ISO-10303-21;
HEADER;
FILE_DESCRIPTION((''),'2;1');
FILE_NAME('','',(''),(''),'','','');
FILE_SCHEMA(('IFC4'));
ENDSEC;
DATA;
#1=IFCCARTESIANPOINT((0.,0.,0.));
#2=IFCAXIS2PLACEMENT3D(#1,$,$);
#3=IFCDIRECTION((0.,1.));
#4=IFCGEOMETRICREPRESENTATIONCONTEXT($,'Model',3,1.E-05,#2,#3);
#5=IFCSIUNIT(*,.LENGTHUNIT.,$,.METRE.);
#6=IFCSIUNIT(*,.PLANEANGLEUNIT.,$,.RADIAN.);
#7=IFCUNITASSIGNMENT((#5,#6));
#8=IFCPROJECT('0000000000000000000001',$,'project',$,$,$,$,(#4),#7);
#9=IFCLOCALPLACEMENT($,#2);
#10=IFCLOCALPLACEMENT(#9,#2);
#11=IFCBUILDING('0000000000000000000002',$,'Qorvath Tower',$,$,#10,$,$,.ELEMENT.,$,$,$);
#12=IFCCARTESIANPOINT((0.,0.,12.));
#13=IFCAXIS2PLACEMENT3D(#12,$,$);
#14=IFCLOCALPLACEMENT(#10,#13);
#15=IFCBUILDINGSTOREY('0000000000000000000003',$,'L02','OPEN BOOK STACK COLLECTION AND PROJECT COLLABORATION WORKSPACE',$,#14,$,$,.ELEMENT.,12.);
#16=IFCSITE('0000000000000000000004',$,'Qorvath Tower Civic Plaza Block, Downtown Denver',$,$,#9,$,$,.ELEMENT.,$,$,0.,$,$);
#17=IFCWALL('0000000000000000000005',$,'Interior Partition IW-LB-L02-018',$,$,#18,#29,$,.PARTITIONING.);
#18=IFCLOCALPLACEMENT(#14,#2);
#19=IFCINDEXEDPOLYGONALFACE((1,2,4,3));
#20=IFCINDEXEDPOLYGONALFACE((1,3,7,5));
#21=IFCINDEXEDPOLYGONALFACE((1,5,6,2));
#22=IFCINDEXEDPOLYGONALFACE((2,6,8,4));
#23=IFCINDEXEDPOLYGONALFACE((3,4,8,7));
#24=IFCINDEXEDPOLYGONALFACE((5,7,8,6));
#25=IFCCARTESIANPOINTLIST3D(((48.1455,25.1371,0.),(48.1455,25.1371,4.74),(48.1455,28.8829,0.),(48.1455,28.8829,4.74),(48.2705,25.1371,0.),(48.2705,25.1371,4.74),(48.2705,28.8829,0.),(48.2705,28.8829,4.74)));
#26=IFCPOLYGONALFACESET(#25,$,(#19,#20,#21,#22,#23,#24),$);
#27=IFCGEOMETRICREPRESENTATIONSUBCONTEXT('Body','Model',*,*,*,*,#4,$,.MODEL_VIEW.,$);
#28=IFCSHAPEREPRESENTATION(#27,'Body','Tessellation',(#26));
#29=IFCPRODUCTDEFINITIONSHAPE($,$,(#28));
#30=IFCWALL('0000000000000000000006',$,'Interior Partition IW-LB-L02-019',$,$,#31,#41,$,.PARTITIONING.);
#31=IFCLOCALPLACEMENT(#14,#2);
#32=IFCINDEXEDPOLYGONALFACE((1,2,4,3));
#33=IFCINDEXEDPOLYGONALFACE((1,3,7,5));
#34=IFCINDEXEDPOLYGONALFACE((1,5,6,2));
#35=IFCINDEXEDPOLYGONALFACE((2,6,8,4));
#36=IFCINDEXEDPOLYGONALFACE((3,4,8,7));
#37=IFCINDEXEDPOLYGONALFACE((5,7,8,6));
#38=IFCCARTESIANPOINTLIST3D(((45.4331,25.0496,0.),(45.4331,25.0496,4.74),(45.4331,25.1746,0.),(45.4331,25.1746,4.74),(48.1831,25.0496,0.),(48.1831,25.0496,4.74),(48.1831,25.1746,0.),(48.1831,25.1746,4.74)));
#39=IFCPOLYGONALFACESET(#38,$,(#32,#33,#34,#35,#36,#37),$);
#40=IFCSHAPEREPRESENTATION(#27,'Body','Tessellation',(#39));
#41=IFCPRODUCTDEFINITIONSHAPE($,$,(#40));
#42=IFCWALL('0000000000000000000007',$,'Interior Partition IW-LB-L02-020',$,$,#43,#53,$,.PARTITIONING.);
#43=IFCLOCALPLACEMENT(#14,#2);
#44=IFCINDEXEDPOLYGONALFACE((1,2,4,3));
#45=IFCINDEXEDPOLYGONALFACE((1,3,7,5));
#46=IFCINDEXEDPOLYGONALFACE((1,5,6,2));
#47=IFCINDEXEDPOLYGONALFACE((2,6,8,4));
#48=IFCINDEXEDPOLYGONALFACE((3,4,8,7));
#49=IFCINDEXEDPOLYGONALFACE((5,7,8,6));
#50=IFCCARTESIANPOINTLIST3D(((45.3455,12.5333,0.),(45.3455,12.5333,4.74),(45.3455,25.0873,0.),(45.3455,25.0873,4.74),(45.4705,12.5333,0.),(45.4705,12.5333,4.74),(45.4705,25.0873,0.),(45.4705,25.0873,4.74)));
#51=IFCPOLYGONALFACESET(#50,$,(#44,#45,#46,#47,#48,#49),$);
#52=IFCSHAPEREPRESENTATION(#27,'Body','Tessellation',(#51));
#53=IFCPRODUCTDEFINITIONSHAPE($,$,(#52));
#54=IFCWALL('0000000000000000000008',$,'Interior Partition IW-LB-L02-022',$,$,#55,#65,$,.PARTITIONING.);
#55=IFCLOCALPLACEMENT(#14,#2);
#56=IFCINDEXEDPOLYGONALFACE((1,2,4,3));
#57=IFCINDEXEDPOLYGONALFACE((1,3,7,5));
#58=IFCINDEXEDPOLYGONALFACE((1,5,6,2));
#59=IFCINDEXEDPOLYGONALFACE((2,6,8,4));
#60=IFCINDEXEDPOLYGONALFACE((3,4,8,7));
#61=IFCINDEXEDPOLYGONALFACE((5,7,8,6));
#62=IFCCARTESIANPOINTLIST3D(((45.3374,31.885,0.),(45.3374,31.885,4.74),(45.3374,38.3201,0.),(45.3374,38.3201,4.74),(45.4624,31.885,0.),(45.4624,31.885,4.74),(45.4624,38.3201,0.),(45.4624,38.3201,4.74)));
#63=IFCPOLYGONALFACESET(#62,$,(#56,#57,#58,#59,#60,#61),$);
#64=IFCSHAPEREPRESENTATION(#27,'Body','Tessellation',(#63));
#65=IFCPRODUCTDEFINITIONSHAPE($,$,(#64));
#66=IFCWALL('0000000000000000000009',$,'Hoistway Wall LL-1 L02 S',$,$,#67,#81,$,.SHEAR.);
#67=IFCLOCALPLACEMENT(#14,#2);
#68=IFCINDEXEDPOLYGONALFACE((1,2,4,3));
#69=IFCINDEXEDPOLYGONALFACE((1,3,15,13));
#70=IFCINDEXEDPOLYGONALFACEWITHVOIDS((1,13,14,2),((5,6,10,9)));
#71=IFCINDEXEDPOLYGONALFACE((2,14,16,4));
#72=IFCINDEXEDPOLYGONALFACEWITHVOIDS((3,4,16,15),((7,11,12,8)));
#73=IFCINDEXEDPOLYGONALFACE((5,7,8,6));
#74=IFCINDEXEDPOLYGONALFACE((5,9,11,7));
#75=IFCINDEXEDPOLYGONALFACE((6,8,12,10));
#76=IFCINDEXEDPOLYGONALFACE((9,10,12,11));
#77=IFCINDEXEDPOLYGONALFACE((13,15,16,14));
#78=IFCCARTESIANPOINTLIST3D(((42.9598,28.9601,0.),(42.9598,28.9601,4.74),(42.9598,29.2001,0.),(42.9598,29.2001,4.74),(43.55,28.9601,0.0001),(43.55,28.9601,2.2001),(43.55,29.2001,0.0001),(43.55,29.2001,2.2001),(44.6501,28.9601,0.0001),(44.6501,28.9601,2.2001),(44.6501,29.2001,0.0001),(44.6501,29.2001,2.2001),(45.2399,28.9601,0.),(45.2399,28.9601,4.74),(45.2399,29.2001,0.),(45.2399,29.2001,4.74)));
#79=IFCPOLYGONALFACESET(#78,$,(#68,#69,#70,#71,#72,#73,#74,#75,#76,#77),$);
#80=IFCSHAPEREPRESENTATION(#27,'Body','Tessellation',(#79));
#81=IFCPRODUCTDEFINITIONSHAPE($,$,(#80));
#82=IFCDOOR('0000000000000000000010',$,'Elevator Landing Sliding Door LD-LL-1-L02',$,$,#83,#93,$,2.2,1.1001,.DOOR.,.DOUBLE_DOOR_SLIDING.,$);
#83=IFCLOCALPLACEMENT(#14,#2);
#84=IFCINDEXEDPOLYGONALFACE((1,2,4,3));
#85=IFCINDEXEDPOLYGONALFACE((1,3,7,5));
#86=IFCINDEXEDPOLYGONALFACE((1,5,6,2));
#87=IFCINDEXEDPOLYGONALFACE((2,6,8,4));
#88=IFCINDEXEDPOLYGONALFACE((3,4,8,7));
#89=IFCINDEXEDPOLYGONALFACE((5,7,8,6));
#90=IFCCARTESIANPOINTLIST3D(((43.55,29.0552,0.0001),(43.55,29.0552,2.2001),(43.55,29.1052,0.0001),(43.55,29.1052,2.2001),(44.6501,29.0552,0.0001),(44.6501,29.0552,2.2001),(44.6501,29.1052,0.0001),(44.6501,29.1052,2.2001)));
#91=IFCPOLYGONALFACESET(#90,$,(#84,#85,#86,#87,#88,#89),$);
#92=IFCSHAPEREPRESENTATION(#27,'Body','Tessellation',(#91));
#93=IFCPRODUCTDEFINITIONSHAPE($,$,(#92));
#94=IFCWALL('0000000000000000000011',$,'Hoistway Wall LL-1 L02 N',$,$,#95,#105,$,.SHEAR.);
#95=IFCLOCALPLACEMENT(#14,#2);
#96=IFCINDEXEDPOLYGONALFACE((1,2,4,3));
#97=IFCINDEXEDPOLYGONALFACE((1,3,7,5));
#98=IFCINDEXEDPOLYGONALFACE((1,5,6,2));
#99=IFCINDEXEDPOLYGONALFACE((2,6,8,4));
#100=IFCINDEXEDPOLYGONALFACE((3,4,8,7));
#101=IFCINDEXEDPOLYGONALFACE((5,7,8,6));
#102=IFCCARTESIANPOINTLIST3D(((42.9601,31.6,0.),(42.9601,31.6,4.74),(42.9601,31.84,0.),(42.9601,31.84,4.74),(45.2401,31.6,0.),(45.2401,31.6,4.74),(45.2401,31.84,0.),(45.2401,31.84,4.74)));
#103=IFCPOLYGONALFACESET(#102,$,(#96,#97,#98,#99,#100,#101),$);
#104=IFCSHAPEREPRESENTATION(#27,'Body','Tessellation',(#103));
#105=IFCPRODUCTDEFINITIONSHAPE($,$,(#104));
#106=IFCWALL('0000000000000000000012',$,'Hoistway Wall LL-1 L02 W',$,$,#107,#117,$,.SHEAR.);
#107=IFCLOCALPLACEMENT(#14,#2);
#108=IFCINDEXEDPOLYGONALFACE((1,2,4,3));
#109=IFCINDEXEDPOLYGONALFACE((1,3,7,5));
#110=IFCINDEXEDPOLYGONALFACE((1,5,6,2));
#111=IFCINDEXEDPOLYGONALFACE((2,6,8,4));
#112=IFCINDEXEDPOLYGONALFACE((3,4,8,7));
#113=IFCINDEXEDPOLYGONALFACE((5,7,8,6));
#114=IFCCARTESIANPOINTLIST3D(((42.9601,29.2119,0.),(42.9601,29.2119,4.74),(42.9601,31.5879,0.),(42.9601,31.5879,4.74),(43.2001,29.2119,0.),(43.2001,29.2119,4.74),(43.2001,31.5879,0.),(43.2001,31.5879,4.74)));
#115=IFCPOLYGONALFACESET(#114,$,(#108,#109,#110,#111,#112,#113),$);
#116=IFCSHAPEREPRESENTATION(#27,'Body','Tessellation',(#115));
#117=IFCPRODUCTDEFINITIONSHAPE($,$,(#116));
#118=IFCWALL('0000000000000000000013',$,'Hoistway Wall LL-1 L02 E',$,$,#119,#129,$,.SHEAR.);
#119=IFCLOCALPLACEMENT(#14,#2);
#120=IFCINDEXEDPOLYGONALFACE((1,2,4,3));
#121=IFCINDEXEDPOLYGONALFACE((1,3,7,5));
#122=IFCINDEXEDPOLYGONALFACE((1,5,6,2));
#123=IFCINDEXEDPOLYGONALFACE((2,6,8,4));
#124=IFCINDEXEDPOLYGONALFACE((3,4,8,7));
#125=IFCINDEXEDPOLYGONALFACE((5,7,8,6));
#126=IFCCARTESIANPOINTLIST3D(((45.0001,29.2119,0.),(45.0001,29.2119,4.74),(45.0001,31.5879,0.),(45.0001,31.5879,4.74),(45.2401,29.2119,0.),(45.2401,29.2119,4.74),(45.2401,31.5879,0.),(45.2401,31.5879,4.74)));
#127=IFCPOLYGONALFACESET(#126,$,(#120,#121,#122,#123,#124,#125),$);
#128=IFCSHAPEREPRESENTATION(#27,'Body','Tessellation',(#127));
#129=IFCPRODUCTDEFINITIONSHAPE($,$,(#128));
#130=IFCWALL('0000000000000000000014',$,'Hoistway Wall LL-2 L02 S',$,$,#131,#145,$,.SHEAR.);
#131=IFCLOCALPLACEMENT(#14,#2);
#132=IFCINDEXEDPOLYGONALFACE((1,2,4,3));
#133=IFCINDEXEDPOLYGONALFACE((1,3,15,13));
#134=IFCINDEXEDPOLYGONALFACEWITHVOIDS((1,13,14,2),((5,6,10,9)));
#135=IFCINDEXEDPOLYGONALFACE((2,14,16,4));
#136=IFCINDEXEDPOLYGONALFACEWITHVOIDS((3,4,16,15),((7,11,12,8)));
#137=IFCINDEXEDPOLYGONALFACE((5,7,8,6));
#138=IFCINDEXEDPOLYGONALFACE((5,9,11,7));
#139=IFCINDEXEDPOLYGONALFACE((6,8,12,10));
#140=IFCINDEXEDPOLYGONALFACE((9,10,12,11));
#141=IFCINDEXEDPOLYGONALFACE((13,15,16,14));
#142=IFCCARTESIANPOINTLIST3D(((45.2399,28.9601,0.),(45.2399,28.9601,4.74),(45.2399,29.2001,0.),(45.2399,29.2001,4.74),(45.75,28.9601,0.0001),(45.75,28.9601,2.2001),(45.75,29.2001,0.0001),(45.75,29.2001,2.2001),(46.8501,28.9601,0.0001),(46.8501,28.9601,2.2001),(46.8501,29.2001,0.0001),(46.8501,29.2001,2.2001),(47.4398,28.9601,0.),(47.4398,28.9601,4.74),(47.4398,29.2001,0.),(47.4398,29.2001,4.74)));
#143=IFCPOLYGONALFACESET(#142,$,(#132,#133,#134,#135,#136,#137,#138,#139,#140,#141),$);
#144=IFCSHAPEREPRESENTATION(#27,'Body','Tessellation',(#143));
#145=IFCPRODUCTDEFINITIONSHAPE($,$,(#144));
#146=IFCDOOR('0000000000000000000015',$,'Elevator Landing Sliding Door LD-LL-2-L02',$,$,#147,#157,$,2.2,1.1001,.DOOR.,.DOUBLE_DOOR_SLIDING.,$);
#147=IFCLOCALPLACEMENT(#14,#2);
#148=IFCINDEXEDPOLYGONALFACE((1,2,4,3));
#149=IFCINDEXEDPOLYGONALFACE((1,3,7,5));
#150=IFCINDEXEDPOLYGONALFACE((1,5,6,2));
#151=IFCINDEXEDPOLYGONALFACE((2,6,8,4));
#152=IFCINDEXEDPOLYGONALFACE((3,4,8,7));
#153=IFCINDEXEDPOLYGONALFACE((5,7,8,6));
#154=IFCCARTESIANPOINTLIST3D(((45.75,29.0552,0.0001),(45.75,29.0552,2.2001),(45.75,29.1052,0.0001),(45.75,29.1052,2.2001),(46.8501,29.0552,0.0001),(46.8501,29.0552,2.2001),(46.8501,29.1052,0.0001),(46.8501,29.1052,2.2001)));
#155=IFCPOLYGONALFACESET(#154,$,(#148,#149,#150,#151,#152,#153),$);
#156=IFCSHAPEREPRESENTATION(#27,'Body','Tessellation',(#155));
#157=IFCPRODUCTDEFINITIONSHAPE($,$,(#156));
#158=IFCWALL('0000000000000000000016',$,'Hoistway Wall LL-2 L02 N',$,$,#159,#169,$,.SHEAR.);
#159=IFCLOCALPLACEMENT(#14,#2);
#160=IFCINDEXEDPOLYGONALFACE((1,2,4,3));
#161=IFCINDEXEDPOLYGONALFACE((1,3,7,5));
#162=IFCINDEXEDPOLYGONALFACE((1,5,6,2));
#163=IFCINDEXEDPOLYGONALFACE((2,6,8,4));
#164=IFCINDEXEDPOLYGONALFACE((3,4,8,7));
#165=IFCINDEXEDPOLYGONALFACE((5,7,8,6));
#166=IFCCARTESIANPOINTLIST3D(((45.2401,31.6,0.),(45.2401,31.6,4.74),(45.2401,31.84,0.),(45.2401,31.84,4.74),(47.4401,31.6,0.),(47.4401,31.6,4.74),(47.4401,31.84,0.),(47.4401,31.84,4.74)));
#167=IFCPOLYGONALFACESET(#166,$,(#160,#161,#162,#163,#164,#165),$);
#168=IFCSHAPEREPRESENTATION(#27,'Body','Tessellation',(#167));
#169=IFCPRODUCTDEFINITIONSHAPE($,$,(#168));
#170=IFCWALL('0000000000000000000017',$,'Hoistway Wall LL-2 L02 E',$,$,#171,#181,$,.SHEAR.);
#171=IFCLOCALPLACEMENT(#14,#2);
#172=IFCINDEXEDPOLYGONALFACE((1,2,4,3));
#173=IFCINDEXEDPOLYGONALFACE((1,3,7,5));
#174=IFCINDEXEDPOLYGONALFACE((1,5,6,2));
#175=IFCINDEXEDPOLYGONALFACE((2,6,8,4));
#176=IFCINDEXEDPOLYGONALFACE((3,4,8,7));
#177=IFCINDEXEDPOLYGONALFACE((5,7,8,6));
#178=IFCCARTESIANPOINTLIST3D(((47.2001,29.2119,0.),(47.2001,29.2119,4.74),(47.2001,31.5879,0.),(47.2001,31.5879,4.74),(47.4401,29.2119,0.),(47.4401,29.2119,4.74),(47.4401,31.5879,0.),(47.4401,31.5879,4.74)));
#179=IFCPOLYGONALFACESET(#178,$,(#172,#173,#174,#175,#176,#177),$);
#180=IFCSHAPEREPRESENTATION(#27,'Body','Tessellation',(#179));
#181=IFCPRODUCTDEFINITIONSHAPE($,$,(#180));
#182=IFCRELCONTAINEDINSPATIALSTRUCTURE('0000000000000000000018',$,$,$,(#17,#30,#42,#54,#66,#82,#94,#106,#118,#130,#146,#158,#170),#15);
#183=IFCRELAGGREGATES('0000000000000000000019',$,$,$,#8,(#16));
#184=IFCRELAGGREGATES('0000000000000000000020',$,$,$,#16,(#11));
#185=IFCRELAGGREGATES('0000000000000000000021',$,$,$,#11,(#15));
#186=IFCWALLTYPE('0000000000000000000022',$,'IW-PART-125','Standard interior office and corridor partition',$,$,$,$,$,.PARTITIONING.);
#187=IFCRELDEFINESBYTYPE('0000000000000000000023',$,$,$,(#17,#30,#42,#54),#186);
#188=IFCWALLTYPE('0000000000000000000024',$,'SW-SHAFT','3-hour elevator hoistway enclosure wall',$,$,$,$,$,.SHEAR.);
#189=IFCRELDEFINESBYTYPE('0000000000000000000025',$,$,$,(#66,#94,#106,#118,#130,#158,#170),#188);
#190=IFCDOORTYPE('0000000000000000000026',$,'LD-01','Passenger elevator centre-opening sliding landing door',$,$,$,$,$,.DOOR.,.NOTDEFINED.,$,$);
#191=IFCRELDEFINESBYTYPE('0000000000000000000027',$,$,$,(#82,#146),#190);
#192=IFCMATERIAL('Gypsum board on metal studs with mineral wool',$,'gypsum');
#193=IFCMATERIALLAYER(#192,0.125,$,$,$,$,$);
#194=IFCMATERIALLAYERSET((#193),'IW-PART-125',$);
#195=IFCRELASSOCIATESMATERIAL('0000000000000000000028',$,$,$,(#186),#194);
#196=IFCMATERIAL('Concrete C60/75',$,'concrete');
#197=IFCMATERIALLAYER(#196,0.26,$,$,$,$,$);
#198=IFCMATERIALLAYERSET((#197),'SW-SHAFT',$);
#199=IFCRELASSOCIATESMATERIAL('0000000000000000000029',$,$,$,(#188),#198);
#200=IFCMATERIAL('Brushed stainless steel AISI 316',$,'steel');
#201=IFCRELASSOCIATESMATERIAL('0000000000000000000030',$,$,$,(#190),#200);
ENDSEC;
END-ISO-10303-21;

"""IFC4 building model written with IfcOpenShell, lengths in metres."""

from ifc_helpers import new_model, si_unit, direction, frame, frame_2d, origin, place, context, subcontext, project, spatial, rectangle, extrude, material, layer, layer_set, type_object, element, fill, save


model = new_model("IFC4")

# Units and contexts
model_context = context("Model", 3, precision=1e-05, world=origin(), true_north=direction((0.0, 1.0)))
body_context = subcontext(model_context, "Body", "Model", "MODEL_VIEW")
ifc_project = project(units=[si_unit("LENGTHUNIT", "METRE"), si_unit("PLANEANGLEUNIT", "RADIAN")], contexts=[model_context])

# Site, building, storey
site_placement = place(None, origin())
site = spatial("IfcSite", under=ifc_project, at=site_placement, Name="Qorvath Tower Civic Plaza Block, Downtown Denver", CompositionType="ELEMENT", RefElevation=0.0)
building_placement = place(site_placement, origin())
building = spatial("IfcBuilding", under=site, at=building_placement, Name="Qorvath Tower", CompositionType="ELEMENT")
storey_placement = place(building_placement, frame((0.0, 0.0, 12.0)))
storey = spatial("IfcBuildingStorey", under=building, at=storey_placement, Name="L02", Description="OPEN BOOK STACK COLLECTION AND PROJECT COLLABORATION WORKSPACE", CompositionType="ELEMENT", Elevation=12.0)

# Walls
ifc_material_1 = material(Name="Gypsum board on metal studs with mineral wool", Category="gypsum")
ifc_layer_1 = layer(ifc_material_1, 0.125)
ifc_layer_set_1 = layer_set([ifc_layer_1], Name="IW-PART-125")
wall_type_1 = type_object("IfcWallType", Name="IW-PART-125", Description="Standard interior office and corridor partition", PredefinedType="PARTITIONING", material=ifc_layer_set_1)
wall_1_placement = place(storey_placement, frame((48.208, 28.8831, 0.0), z_axis=(0.0, 0.0, 1.0), x_axis=(0.0, -1.0, 0.0)))
element("IfcWall", 1, at=wall_1_placement, inside=storey, type_object=wall_type_1, Name="Interior Partition IW-LB-L02-018", PredefinedType="PARTITIONING", context=body_context, shape_type="SweptSolid", body=[
    extrude(rectangle(XDim=3.7458, YDim=0.125, at=frame_2d((1.873, 0.0))), origin(), (0.0, 0.0, 1.0), 4.74),
])
wall_2_placement = place(storey_placement, frame((45.4331, 25.1121, 0.0), z_axis=(0.0, 0.0, 1.0), x_axis=(1.0, 0.0, 0.0)))
element("IfcWall", 2, at=wall_2_placement, inside=storey, type_object=wall_type_1, Name="Interior Partition IW-LB-L02-019", PredefinedType="PARTITIONING", context=body_context, shape_type="SweptSolid", body=[
    extrude(rectangle(XDim=2.75, YDim=0.125, at=frame_2d((1.375, 0.0))), origin(), (0.0, 0.0, 1.0), 4.74),
])
wall_3_placement = place(storey_placement, frame((45.408, 25.0872, 0.0), z_axis=(0.0, 0.0, 1.0), x_axis=(0.0, -1.0, 0.0)))
element("IfcWall", 3, at=wall_3_placement, inside=storey, type_object=wall_type_1, Name="Interior Partition IW-LB-L02-020", PredefinedType="PARTITIONING", context=body_context, shape_type="SweptSolid", body=[
    extrude(rectangle(XDim=12.554, YDim=0.125, at=frame_2d((6.2769, 0.0))), origin(), (0.0, 0.0, 1.0), 4.74),
])
wall_4_placement = place(storey_placement, frame((45.3999, 38.3201, 0.0), z_axis=(0.0, 0.0, 1.0), x_axis=(0.0, -1.0, 0.0)))
element("IfcWall", 4, at=wall_4_placement, inside=storey, type_object=wall_type_1, Name="Interior Partition IW-LB-L02-022", PredefinedType="PARTITIONING", context=body_context, shape_type="SweptSolid", body=[
    extrude(rectangle(XDim=6.4351, YDim=0.125, at=frame_2d((3.2175, 0.0))), origin(), (0.0, 0.0, 1.0), 4.74),
])

# Wall, opening, door
ifc_material_2 = material(Name="Concrete C60/75", Category="concrete")
ifc_layer_2 = layer(ifc_material_2, 0.26)
ifc_layer_set_2 = layer_set([ifc_layer_2], Name="SW-SHAFT")
wall_type_2 = type_object("IfcWallType", Name="SW-SHAFT", Description="3-hour elevator hoistway enclosure wall", PredefinedType="SHEAR", material=ifc_layer_set_2)
wall_5_placement = place(storey_placement, frame((45.24, 29.0801, 0.0), z_axis=(0.0, 0.0, 1.0), x_axis=(-1.0, 0.0, 0.0)))
wall_5 = element("IfcWall", 5, at=wall_5_placement, inside=storey, type_object=wall_type_2, Name="Hoistway Wall LL-1 L02 S", PredefinedType="SHEAR", context=body_context, shape_type="SweptSolid", body=[
    extrude(rectangle(XDim=2.28, YDim=0.24, at=frame_2d((1.1401, 0.0))), origin(), (0.0, 0.0, 1.0), 4.74),
])
opening_1_placement = place(wall_5_placement, frame((0.5898, 0.0, 0.0)))
opening_1 = element("IfcOpeningElement", 6, at=opening_1_placement, cuts=wall_5, PredefinedType="OPENING", context=body_context, shape_type="SweptSolid", body=[
    extrude(rectangle(XDim=1.1001, YDim=2.2, at=frame_2d((0.55, 1.1001))), frame((0.0, 0.1299, 0.0), z_axis=(0.0, -1.0, 0.0), x_axis=(1.0, 0.0, 0.0)), (0.0, 0.0, 1.0), 0.26),
])
ifc_material_3 = material(Name="Brushed stainless steel AISI 316", Category="steel")
door_type = type_object("IfcDoorType", Name="LD-01", Description="Passenger elevator centre-opening sliding landing door", OperationType="NOTDEFINED", PredefinedType="DOOR", material=ifc_material_3)
door_1_placement = place(opening_1_placement, origin())
door_1 = element("IfcDoor", 7, at=door_1_placement, inside=storey, type_object=door_type, Name="Elevator Landing Sliding Door LD-LL-1-L02", OperationType="DOUBLE_DOOR_SLIDING", OverallHeight=2.2, OverallWidth=1.1001, PredefinedType="DOOR", context=body_context, shape_type="SweptSolid", body=[
    extrude(rectangle(XDim=1.1001, YDim=2.2, at=frame_2d((0.55, 1.1001))), frame((0.0, 0.0249, 0.0), z_axis=(0.0, -1.0, 0.0), x_axis=(1.0, 0.0, 0.0)), (0.0, 0.0, 1.0), 0.05),
])
fill(opening_1, door_1)

# Walls
wall_6_placement = place(storey_placement, frame((42.96, 31.72, 0.0), z_axis=(0.0, 0.0, 1.0), x_axis=(1.0, 0.0, 0.0)))
element("IfcWall", 8, at=wall_6_placement, inside=storey, type_object=wall_type_2, Name="Hoistway Wall LL-1 L02 N", PredefinedType="SHEAR", context=body_context, shape_type="SweptSolid", body=[
    extrude(rectangle(XDim=2.28, YDim=0.24, at=frame_2d((1.1401, 0.0))), origin(), (0.0, 0.0, 1.0), 4.74),
])
for number, where, z_axis, x_axis, name in (
    (9, (43.0801, 29.2119, 0.0), (0.0, 0.0, 1.0), (0.0, 1.0, 0.0), "Hoistway Wall LL-1 L02 W"),
    (10, (45.1201, 31.5879, 0.0), (0.0, 0.0, 1.0), (0.0, -1.0, 0.0), "Hoistway Wall LL-1 L02 E"),
):
    element("IfcWall", number, at=place(storey_placement, frame(where, z_axis=z_axis, x_axis=x_axis)), inside=storey, type_object=wall_type_2, Name=name, PredefinedType="SHEAR", context=body_context, shape_type="SweptSolid", body=[
        extrude(rectangle(XDim=2.376, YDim=0.24, at=frame_2d((1.188, 0.0))), origin(), (0.0, 0.0, 1.0), 4.74),
    ])

# Wall, opening, door
wall_7_placement = place(storey_placement, frame((47.4399, 29.0801, 0.0), z_axis=(0.0, 0.0, 1.0), x_axis=(-1.0, 0.0, 0.0)))
wall_7 = element("IfcWall", 11, at=wall_7_placement, inside=storey, type_object=wall_type_2, Name="Hoistway Wall LL-2 L02 S", PredefinedType="SHEAR", context=body_context, shape_type="SweptSolid", body=[
    extrude(rectangle(XDim=2.2, YDim=0.24, at=frame_2d((1.1001, 0.0))), origin(), (0.0, 0.0, 1.0), 4.74),
])
opening_2_placement = place(wall_7_placement, frame((0.5898, 0.0, 0.0)))
opening_2 = element("IfcOpeningElement", 12, at=opening_2_placement, cuts=wall_7, PredefinedType="OPENING", context=body_context, shape_type="SweptSolid", body=[
    extrude(rectangle(XDim=1.1001, YDim=2.2, at=frame_2d((0.55, 1.1001))), frame((0.0, 0.1299, 0.0), z_axis=(0.0, -1.0, 0.0), x_axis=(1.0, 0.0, 0.0)), (0.0, 0.0, 1.0), 0.26),
])
door_2_placement = place(opening_2_placement, origin())
door_2 = element("IfcDoor", 13, at=door_2_placement, inside=storey, type_object=door_type, Name="Elevator Landing Sliding Door LD-LL-2-L02", OperationType="DOUBLE_DOOR_SLIDING", OverallHeight=2.2, OverallWidth=1.1001, PredefinedType="DOOR", context=body_context, shape_type="SweptSolid", body=[
    extrude(rectangle(XDim=1.1001, YDim=2.2, at=frame_2d((0.55, 1.1001))), frame((0.0, 0.0249, 0.0), z_axis=(0.0, -1.0, 0.0), x_axis=(1.0, 0.0, 0.0)), (0.0, 0.0, 1.0), 0.05),
])
fill(opening_2, door_2)

# Walls
wall_8_placement = place(storey_placement, frame((45.24, 31.72, 0.0), z_axis=(0.0, 0.0, 1.0), x_axis=(1.0, 0.0, 0.0)))
element("IfcWall", 14, at=wall_8_placement, inside=storey, type_object=wall_type_2, Name="Hoistway Wall LL-2 L02 N", PredefinedType="SHEAR", context=body_context, shape_type="SweptSolid", body=[
    extrude(rectangle(XDim=2.2, YDim=0.24, at=frame_2d((1.1001, 0.0))), origin(), (0.0, 0.0, 1.0), 4.74),
])
wall_9_placement = place(storey_placement, frame((47.3201, 31.5879, 0.0), z_axis=(0.0, 0.0, 1.0), x_axis=(0.0, -1.0, 0.0)))
element("IfcWall", 15, at=wall_9_placement, inside=storey, type_object=wall_type_2, Name="Hoistway Wall LL-2 L02 E", PredefinedType="SHEAR", context=body_context, shape_type="SweptSolid", body=[
    extrude(rectangle(XDim=2.376, YDim=0.24, at=frame_2d((1.188, 0.0))), origin(), (0.0, 0.0, 1.0), 4.74),
])

save(model, "model.ifc")
